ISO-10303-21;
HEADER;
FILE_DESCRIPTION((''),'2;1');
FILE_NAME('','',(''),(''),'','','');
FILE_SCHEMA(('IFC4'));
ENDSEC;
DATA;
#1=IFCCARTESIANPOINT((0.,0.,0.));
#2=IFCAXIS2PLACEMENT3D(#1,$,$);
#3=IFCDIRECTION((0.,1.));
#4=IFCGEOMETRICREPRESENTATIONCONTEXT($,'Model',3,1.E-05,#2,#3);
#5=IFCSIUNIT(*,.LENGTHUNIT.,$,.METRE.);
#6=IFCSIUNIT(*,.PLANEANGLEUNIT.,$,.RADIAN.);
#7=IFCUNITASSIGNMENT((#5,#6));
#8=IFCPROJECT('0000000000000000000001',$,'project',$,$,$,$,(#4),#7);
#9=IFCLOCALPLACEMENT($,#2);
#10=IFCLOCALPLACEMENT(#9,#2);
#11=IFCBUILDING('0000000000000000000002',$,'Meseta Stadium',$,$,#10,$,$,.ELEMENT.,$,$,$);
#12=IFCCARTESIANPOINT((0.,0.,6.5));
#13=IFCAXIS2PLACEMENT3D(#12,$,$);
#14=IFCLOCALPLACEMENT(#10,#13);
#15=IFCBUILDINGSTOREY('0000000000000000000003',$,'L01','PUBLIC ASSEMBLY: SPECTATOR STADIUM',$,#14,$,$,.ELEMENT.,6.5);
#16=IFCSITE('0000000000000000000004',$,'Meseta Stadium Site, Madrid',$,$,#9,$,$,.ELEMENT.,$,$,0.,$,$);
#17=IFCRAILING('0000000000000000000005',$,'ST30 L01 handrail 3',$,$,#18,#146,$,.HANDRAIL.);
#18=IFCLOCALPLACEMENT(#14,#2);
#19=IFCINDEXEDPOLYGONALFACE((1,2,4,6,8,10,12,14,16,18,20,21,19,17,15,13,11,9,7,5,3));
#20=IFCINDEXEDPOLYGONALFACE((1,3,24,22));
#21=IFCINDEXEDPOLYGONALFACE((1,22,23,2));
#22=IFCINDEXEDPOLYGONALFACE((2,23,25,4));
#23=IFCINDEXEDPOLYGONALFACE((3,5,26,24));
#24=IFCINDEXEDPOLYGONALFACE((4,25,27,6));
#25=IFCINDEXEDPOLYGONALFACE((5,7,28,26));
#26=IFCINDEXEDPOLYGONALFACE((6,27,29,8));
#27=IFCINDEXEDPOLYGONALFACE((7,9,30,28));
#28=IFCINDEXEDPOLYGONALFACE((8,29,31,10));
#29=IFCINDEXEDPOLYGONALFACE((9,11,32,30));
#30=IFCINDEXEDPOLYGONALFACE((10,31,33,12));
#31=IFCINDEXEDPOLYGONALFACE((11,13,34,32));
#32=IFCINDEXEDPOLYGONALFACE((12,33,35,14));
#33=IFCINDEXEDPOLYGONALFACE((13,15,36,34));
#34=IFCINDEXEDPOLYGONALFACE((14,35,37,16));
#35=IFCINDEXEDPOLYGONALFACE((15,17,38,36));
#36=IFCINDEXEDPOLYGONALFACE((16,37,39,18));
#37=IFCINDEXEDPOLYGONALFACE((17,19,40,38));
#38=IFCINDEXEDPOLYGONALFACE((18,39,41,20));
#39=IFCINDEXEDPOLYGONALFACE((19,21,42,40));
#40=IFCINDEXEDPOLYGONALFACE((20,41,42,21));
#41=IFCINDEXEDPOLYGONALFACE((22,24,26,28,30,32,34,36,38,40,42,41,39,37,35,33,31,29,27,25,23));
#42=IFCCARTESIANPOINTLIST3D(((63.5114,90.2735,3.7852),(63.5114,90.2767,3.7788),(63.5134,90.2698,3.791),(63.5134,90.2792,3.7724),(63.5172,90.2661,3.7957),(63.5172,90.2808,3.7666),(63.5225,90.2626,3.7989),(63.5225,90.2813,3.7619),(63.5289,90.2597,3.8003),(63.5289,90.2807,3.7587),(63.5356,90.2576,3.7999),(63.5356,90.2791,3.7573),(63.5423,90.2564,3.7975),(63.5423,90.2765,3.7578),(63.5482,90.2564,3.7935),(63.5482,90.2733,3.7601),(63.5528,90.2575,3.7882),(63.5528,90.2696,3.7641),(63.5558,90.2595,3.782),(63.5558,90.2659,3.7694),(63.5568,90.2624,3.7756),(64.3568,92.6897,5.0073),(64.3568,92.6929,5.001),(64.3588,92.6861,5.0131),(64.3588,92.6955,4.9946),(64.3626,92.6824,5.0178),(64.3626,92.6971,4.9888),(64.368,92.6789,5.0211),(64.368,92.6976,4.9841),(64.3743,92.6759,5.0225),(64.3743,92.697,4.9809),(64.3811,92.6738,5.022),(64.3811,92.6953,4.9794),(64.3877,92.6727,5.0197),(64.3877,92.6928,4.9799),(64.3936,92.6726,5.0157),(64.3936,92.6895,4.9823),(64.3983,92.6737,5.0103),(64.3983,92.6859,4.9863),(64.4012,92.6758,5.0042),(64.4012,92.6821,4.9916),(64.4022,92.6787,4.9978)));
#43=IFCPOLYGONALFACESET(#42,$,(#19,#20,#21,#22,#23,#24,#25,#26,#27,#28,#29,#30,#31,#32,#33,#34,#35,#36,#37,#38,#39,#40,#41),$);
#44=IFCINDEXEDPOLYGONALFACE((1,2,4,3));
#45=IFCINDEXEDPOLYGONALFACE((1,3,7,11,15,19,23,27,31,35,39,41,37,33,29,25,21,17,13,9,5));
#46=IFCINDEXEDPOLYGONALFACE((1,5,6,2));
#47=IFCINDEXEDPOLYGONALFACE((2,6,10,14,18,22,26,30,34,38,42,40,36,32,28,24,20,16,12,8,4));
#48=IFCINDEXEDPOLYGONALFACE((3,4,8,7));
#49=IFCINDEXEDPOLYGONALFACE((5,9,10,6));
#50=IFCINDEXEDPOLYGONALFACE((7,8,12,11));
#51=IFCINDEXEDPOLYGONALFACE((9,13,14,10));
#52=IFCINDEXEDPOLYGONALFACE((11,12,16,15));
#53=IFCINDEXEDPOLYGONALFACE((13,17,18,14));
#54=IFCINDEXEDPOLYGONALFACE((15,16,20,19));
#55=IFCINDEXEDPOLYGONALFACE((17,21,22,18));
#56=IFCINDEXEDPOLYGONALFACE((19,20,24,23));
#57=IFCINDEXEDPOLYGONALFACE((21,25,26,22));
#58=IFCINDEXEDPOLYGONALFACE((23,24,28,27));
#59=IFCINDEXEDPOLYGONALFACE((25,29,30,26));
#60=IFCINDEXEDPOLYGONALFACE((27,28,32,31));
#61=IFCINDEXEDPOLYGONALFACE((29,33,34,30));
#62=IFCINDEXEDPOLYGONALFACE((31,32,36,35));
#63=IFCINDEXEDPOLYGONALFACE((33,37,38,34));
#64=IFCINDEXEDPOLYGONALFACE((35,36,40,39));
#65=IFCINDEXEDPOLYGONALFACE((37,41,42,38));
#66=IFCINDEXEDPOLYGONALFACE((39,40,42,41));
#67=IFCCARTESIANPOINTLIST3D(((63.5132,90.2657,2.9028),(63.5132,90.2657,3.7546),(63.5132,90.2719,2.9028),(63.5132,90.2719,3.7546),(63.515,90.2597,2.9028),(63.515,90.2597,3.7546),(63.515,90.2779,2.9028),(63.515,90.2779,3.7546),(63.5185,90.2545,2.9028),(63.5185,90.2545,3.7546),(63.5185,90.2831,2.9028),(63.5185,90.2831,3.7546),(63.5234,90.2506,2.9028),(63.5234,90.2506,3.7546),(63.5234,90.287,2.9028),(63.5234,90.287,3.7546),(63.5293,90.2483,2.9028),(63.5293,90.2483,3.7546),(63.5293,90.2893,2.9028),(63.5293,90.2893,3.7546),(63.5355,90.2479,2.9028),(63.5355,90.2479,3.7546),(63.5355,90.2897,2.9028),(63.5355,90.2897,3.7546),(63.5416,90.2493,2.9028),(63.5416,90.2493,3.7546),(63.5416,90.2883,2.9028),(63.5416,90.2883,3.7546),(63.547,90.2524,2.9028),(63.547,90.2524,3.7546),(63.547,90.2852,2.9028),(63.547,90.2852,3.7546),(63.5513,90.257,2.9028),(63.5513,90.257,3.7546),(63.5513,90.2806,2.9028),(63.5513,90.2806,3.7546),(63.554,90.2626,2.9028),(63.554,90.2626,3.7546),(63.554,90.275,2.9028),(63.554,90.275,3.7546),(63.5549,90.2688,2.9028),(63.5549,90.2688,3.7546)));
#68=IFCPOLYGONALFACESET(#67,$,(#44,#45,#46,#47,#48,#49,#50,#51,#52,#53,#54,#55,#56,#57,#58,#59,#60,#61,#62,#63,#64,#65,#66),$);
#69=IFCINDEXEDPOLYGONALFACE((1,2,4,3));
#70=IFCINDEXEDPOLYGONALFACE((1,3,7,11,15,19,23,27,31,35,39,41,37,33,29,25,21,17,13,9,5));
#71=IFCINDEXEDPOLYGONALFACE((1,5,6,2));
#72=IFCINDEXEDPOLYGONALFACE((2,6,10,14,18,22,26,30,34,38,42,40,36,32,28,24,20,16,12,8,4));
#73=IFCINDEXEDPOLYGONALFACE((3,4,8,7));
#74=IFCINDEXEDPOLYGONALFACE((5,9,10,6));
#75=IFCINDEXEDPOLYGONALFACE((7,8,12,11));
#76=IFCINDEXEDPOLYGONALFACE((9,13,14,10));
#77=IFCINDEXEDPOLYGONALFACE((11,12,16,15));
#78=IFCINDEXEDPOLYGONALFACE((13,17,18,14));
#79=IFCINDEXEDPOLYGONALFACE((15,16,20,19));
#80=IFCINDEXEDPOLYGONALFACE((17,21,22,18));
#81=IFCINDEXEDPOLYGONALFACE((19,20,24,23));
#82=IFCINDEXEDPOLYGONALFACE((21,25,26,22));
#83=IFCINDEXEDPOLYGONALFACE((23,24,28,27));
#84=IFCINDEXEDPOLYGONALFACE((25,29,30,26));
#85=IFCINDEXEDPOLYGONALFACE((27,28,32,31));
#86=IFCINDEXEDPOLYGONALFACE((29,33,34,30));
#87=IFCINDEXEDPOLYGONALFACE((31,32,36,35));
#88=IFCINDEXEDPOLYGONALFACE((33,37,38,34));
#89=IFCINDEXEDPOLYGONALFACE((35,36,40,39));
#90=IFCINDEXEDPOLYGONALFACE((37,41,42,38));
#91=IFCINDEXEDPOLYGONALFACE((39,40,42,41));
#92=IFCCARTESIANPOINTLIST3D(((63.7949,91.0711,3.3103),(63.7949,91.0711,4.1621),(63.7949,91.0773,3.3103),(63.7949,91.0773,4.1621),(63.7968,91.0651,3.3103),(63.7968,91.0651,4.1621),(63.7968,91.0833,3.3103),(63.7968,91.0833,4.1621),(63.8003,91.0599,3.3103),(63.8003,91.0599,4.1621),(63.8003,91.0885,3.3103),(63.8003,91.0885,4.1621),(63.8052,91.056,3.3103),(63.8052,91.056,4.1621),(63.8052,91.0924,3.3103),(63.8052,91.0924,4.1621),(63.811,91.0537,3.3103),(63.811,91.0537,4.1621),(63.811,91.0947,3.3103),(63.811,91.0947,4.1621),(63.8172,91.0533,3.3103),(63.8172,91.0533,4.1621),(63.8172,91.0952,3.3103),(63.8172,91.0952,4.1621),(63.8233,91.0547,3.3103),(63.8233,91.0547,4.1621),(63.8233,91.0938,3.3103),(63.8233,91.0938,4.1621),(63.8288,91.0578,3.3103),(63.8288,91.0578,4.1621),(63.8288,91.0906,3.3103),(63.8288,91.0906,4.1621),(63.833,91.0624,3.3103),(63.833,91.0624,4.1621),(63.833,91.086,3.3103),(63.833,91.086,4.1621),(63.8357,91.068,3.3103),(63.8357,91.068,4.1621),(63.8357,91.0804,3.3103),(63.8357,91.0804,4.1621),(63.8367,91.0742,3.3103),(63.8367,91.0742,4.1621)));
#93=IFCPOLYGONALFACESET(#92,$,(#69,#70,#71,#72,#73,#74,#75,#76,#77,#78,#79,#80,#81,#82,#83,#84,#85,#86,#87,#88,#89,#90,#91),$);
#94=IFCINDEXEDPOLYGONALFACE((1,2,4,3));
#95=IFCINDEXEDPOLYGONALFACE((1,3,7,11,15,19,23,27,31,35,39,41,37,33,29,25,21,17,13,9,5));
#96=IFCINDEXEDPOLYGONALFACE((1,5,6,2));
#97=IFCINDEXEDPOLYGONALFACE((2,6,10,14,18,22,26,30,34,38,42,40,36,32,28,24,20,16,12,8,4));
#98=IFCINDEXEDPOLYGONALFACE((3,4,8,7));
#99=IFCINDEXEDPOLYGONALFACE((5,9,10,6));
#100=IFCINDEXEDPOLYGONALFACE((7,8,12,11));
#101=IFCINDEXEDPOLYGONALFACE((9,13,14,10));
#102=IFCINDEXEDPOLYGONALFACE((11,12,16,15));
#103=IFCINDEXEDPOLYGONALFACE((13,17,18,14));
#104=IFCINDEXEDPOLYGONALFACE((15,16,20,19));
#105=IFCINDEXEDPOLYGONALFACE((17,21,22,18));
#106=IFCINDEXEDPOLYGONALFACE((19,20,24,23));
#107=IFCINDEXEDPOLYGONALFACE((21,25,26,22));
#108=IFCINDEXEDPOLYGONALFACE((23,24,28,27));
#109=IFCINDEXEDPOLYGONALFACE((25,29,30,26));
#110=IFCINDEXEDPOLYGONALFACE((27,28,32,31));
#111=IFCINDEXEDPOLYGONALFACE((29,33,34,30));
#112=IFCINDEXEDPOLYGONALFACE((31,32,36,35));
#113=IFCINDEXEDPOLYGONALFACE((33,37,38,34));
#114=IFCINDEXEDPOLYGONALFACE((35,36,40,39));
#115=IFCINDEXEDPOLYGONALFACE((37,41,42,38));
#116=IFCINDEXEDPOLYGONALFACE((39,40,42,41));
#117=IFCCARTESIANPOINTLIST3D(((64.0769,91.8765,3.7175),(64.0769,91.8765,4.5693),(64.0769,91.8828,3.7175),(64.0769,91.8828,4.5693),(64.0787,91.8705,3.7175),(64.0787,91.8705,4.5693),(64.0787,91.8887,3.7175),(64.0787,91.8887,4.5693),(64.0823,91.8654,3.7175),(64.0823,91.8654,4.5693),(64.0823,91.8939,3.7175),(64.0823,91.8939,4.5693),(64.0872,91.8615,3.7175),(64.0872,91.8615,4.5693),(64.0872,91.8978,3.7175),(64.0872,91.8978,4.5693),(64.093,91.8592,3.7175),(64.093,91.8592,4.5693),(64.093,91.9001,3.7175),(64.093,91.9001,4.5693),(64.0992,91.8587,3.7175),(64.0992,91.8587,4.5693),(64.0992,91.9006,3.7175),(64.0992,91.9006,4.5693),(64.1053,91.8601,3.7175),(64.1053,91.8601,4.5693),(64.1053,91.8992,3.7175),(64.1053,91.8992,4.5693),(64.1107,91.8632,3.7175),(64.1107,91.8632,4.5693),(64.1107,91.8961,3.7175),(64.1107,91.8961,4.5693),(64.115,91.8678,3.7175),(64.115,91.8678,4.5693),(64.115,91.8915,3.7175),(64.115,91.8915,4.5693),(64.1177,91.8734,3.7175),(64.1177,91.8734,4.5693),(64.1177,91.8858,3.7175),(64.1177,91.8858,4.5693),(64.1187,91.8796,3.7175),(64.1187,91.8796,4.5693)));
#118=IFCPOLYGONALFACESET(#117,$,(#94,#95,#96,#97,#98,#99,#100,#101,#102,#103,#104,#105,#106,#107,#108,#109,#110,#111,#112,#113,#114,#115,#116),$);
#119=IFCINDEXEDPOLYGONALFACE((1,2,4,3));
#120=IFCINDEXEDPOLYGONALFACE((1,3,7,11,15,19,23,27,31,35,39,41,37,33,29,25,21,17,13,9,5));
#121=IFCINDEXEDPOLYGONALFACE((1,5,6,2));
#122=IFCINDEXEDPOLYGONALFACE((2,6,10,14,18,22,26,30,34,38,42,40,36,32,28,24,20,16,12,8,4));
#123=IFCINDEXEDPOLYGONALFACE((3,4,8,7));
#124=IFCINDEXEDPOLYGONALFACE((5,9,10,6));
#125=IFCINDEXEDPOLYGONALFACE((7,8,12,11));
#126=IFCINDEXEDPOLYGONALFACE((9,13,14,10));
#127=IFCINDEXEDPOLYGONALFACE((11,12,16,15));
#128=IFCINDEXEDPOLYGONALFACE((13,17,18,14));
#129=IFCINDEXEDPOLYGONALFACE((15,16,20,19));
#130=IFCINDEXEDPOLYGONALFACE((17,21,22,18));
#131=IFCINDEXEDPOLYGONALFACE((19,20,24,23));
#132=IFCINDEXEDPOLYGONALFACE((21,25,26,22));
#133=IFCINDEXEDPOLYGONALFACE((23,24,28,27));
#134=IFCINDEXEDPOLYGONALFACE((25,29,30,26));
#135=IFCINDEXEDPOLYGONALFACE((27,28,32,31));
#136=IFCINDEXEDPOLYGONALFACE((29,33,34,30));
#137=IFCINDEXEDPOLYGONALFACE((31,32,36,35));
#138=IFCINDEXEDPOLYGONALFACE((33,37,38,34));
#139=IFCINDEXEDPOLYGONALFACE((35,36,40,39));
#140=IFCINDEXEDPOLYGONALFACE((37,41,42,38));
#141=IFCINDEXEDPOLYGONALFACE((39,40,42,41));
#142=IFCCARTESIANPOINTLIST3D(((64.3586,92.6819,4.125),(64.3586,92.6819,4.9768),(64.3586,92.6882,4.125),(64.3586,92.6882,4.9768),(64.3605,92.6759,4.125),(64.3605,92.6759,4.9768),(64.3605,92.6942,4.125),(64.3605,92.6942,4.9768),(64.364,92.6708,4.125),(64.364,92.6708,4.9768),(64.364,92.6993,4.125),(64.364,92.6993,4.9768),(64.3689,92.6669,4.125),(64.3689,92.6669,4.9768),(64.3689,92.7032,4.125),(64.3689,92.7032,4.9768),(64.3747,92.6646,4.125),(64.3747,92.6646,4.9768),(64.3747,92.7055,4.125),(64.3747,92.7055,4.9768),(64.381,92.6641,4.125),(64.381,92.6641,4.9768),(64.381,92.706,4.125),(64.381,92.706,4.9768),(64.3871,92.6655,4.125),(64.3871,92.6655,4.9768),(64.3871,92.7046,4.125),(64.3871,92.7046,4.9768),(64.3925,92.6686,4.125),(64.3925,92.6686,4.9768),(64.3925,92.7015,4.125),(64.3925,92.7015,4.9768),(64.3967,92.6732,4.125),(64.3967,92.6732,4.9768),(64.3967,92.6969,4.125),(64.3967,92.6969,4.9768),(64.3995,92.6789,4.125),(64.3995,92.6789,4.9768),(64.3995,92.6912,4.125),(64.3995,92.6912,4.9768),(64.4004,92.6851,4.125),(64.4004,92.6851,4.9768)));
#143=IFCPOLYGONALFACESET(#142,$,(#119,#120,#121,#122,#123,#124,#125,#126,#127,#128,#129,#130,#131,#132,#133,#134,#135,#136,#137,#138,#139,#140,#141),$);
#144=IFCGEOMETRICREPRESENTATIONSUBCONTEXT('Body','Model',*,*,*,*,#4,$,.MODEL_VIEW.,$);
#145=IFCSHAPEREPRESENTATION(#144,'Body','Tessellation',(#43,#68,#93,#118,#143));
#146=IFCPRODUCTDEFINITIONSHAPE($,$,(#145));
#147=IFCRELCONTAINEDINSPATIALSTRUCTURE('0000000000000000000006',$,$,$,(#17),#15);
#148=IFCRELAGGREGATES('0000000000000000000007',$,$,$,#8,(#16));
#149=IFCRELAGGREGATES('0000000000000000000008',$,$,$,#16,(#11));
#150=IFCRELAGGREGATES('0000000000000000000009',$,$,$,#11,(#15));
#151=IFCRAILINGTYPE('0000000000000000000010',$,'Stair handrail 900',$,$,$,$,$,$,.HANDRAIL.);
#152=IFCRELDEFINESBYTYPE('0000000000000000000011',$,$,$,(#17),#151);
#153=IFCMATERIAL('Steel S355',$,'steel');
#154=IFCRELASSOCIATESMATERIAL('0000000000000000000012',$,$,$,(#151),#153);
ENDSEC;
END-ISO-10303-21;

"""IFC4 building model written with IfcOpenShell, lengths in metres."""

from ifc_helpers import new_model, si_unit, direction, frame, origin, origin_2d, place, context, subcontext, project, spatial, circle, extrude, material, type_object, element, save


model = new_model("IFC4")

# Units and contexts
model_context = context("Model", 3, precision=1e-05, world=origin(), true_north=direction((0.0, 1.0)))
body_context = subcontext(model_context, "Body", "Model", "MODEL_VIEW")
ifc_project = project(units=[si_unit("LENGTHUNIT", "METRE"), si_unit("PLANEANGLEUNIT", "RADIAN")], contexts=[model_context])

# Site, building, storey
site_placement = place(None, origin())
site = spatial("IfcSite", under=ifc_project, at=site_placement, Name="Meseta Stadium Site, Madrid", CompositionType="ELEMENT", RefElevation=0.0)
building_placement = place(site_placement, origin())
building = spatial("IfcBuilding", under=site, at=building_placement, Name="Meseta Stadium", CompositionType="ELEMENT")
storey_placement = place(building_placement, frame((0.0, 0.0, 6.5)))
storey = spatial("IfcBuildingStorey", under=building, at=storey_placement, Name="L01", Description="PUBLIC ASSEMBLY: SPECTATOR STADIUM", CompositionType="ELEMENT", Elevation=6.5)

# Railing
ifc_material_1 = material(Name="Steel S355", Category="steel")
railing_type_1 = type_object("IfcRailingType", Name="Stair handrail 900", PredefinedType="HANDRAIL", material=ifc_material_1)
for number, where, name in (
    (1, (63.5339, 90.2688, 2.9028), "ST30 L01 handrail 3"),
):
    element("IfcRailing", number, at=place(storey_placement, frame(where)), inside=storey, type_object=railing_type_1, Name=name, PredefinedType="HANDRAIL", context=body_context, shape_type="SweptSolid", body=[
        extrude(circle(Radius=0.0239, at=origin_2d()), frame((0.0, 0.0, 0.876), z_axis=(0.298044, 0.851789, 0.430843), x_axis=(-0.943887, 0.33027, 0.0)), (0.0, 0.0, 1.0), 2.8367),
        extrude(circle(Radius=0.021, at=origin_2d()), origin(), (0.0, 0.0, 1.0), 0.8518),
        extrude(circle(Radius=0.021, at=origin_2d()), frame((0.2817, 0.8054, 0.4075)), (0.0, 0.0, 1.0), 0.8518),
        extrude(circle(Radius=0.021, at=origin_2d()), frame((0.5637, 1.6108, 0.8147)), (0.0, 0.0, 1.0), 0.8518),
        extrude(circle(Radius=0.021, at=origin_2d()), frame((0.8455, 2.4163, 1.2222)), (0.0, 0.0, 1.0), 0.8518),
    ])

save(model, "model.ifc")
